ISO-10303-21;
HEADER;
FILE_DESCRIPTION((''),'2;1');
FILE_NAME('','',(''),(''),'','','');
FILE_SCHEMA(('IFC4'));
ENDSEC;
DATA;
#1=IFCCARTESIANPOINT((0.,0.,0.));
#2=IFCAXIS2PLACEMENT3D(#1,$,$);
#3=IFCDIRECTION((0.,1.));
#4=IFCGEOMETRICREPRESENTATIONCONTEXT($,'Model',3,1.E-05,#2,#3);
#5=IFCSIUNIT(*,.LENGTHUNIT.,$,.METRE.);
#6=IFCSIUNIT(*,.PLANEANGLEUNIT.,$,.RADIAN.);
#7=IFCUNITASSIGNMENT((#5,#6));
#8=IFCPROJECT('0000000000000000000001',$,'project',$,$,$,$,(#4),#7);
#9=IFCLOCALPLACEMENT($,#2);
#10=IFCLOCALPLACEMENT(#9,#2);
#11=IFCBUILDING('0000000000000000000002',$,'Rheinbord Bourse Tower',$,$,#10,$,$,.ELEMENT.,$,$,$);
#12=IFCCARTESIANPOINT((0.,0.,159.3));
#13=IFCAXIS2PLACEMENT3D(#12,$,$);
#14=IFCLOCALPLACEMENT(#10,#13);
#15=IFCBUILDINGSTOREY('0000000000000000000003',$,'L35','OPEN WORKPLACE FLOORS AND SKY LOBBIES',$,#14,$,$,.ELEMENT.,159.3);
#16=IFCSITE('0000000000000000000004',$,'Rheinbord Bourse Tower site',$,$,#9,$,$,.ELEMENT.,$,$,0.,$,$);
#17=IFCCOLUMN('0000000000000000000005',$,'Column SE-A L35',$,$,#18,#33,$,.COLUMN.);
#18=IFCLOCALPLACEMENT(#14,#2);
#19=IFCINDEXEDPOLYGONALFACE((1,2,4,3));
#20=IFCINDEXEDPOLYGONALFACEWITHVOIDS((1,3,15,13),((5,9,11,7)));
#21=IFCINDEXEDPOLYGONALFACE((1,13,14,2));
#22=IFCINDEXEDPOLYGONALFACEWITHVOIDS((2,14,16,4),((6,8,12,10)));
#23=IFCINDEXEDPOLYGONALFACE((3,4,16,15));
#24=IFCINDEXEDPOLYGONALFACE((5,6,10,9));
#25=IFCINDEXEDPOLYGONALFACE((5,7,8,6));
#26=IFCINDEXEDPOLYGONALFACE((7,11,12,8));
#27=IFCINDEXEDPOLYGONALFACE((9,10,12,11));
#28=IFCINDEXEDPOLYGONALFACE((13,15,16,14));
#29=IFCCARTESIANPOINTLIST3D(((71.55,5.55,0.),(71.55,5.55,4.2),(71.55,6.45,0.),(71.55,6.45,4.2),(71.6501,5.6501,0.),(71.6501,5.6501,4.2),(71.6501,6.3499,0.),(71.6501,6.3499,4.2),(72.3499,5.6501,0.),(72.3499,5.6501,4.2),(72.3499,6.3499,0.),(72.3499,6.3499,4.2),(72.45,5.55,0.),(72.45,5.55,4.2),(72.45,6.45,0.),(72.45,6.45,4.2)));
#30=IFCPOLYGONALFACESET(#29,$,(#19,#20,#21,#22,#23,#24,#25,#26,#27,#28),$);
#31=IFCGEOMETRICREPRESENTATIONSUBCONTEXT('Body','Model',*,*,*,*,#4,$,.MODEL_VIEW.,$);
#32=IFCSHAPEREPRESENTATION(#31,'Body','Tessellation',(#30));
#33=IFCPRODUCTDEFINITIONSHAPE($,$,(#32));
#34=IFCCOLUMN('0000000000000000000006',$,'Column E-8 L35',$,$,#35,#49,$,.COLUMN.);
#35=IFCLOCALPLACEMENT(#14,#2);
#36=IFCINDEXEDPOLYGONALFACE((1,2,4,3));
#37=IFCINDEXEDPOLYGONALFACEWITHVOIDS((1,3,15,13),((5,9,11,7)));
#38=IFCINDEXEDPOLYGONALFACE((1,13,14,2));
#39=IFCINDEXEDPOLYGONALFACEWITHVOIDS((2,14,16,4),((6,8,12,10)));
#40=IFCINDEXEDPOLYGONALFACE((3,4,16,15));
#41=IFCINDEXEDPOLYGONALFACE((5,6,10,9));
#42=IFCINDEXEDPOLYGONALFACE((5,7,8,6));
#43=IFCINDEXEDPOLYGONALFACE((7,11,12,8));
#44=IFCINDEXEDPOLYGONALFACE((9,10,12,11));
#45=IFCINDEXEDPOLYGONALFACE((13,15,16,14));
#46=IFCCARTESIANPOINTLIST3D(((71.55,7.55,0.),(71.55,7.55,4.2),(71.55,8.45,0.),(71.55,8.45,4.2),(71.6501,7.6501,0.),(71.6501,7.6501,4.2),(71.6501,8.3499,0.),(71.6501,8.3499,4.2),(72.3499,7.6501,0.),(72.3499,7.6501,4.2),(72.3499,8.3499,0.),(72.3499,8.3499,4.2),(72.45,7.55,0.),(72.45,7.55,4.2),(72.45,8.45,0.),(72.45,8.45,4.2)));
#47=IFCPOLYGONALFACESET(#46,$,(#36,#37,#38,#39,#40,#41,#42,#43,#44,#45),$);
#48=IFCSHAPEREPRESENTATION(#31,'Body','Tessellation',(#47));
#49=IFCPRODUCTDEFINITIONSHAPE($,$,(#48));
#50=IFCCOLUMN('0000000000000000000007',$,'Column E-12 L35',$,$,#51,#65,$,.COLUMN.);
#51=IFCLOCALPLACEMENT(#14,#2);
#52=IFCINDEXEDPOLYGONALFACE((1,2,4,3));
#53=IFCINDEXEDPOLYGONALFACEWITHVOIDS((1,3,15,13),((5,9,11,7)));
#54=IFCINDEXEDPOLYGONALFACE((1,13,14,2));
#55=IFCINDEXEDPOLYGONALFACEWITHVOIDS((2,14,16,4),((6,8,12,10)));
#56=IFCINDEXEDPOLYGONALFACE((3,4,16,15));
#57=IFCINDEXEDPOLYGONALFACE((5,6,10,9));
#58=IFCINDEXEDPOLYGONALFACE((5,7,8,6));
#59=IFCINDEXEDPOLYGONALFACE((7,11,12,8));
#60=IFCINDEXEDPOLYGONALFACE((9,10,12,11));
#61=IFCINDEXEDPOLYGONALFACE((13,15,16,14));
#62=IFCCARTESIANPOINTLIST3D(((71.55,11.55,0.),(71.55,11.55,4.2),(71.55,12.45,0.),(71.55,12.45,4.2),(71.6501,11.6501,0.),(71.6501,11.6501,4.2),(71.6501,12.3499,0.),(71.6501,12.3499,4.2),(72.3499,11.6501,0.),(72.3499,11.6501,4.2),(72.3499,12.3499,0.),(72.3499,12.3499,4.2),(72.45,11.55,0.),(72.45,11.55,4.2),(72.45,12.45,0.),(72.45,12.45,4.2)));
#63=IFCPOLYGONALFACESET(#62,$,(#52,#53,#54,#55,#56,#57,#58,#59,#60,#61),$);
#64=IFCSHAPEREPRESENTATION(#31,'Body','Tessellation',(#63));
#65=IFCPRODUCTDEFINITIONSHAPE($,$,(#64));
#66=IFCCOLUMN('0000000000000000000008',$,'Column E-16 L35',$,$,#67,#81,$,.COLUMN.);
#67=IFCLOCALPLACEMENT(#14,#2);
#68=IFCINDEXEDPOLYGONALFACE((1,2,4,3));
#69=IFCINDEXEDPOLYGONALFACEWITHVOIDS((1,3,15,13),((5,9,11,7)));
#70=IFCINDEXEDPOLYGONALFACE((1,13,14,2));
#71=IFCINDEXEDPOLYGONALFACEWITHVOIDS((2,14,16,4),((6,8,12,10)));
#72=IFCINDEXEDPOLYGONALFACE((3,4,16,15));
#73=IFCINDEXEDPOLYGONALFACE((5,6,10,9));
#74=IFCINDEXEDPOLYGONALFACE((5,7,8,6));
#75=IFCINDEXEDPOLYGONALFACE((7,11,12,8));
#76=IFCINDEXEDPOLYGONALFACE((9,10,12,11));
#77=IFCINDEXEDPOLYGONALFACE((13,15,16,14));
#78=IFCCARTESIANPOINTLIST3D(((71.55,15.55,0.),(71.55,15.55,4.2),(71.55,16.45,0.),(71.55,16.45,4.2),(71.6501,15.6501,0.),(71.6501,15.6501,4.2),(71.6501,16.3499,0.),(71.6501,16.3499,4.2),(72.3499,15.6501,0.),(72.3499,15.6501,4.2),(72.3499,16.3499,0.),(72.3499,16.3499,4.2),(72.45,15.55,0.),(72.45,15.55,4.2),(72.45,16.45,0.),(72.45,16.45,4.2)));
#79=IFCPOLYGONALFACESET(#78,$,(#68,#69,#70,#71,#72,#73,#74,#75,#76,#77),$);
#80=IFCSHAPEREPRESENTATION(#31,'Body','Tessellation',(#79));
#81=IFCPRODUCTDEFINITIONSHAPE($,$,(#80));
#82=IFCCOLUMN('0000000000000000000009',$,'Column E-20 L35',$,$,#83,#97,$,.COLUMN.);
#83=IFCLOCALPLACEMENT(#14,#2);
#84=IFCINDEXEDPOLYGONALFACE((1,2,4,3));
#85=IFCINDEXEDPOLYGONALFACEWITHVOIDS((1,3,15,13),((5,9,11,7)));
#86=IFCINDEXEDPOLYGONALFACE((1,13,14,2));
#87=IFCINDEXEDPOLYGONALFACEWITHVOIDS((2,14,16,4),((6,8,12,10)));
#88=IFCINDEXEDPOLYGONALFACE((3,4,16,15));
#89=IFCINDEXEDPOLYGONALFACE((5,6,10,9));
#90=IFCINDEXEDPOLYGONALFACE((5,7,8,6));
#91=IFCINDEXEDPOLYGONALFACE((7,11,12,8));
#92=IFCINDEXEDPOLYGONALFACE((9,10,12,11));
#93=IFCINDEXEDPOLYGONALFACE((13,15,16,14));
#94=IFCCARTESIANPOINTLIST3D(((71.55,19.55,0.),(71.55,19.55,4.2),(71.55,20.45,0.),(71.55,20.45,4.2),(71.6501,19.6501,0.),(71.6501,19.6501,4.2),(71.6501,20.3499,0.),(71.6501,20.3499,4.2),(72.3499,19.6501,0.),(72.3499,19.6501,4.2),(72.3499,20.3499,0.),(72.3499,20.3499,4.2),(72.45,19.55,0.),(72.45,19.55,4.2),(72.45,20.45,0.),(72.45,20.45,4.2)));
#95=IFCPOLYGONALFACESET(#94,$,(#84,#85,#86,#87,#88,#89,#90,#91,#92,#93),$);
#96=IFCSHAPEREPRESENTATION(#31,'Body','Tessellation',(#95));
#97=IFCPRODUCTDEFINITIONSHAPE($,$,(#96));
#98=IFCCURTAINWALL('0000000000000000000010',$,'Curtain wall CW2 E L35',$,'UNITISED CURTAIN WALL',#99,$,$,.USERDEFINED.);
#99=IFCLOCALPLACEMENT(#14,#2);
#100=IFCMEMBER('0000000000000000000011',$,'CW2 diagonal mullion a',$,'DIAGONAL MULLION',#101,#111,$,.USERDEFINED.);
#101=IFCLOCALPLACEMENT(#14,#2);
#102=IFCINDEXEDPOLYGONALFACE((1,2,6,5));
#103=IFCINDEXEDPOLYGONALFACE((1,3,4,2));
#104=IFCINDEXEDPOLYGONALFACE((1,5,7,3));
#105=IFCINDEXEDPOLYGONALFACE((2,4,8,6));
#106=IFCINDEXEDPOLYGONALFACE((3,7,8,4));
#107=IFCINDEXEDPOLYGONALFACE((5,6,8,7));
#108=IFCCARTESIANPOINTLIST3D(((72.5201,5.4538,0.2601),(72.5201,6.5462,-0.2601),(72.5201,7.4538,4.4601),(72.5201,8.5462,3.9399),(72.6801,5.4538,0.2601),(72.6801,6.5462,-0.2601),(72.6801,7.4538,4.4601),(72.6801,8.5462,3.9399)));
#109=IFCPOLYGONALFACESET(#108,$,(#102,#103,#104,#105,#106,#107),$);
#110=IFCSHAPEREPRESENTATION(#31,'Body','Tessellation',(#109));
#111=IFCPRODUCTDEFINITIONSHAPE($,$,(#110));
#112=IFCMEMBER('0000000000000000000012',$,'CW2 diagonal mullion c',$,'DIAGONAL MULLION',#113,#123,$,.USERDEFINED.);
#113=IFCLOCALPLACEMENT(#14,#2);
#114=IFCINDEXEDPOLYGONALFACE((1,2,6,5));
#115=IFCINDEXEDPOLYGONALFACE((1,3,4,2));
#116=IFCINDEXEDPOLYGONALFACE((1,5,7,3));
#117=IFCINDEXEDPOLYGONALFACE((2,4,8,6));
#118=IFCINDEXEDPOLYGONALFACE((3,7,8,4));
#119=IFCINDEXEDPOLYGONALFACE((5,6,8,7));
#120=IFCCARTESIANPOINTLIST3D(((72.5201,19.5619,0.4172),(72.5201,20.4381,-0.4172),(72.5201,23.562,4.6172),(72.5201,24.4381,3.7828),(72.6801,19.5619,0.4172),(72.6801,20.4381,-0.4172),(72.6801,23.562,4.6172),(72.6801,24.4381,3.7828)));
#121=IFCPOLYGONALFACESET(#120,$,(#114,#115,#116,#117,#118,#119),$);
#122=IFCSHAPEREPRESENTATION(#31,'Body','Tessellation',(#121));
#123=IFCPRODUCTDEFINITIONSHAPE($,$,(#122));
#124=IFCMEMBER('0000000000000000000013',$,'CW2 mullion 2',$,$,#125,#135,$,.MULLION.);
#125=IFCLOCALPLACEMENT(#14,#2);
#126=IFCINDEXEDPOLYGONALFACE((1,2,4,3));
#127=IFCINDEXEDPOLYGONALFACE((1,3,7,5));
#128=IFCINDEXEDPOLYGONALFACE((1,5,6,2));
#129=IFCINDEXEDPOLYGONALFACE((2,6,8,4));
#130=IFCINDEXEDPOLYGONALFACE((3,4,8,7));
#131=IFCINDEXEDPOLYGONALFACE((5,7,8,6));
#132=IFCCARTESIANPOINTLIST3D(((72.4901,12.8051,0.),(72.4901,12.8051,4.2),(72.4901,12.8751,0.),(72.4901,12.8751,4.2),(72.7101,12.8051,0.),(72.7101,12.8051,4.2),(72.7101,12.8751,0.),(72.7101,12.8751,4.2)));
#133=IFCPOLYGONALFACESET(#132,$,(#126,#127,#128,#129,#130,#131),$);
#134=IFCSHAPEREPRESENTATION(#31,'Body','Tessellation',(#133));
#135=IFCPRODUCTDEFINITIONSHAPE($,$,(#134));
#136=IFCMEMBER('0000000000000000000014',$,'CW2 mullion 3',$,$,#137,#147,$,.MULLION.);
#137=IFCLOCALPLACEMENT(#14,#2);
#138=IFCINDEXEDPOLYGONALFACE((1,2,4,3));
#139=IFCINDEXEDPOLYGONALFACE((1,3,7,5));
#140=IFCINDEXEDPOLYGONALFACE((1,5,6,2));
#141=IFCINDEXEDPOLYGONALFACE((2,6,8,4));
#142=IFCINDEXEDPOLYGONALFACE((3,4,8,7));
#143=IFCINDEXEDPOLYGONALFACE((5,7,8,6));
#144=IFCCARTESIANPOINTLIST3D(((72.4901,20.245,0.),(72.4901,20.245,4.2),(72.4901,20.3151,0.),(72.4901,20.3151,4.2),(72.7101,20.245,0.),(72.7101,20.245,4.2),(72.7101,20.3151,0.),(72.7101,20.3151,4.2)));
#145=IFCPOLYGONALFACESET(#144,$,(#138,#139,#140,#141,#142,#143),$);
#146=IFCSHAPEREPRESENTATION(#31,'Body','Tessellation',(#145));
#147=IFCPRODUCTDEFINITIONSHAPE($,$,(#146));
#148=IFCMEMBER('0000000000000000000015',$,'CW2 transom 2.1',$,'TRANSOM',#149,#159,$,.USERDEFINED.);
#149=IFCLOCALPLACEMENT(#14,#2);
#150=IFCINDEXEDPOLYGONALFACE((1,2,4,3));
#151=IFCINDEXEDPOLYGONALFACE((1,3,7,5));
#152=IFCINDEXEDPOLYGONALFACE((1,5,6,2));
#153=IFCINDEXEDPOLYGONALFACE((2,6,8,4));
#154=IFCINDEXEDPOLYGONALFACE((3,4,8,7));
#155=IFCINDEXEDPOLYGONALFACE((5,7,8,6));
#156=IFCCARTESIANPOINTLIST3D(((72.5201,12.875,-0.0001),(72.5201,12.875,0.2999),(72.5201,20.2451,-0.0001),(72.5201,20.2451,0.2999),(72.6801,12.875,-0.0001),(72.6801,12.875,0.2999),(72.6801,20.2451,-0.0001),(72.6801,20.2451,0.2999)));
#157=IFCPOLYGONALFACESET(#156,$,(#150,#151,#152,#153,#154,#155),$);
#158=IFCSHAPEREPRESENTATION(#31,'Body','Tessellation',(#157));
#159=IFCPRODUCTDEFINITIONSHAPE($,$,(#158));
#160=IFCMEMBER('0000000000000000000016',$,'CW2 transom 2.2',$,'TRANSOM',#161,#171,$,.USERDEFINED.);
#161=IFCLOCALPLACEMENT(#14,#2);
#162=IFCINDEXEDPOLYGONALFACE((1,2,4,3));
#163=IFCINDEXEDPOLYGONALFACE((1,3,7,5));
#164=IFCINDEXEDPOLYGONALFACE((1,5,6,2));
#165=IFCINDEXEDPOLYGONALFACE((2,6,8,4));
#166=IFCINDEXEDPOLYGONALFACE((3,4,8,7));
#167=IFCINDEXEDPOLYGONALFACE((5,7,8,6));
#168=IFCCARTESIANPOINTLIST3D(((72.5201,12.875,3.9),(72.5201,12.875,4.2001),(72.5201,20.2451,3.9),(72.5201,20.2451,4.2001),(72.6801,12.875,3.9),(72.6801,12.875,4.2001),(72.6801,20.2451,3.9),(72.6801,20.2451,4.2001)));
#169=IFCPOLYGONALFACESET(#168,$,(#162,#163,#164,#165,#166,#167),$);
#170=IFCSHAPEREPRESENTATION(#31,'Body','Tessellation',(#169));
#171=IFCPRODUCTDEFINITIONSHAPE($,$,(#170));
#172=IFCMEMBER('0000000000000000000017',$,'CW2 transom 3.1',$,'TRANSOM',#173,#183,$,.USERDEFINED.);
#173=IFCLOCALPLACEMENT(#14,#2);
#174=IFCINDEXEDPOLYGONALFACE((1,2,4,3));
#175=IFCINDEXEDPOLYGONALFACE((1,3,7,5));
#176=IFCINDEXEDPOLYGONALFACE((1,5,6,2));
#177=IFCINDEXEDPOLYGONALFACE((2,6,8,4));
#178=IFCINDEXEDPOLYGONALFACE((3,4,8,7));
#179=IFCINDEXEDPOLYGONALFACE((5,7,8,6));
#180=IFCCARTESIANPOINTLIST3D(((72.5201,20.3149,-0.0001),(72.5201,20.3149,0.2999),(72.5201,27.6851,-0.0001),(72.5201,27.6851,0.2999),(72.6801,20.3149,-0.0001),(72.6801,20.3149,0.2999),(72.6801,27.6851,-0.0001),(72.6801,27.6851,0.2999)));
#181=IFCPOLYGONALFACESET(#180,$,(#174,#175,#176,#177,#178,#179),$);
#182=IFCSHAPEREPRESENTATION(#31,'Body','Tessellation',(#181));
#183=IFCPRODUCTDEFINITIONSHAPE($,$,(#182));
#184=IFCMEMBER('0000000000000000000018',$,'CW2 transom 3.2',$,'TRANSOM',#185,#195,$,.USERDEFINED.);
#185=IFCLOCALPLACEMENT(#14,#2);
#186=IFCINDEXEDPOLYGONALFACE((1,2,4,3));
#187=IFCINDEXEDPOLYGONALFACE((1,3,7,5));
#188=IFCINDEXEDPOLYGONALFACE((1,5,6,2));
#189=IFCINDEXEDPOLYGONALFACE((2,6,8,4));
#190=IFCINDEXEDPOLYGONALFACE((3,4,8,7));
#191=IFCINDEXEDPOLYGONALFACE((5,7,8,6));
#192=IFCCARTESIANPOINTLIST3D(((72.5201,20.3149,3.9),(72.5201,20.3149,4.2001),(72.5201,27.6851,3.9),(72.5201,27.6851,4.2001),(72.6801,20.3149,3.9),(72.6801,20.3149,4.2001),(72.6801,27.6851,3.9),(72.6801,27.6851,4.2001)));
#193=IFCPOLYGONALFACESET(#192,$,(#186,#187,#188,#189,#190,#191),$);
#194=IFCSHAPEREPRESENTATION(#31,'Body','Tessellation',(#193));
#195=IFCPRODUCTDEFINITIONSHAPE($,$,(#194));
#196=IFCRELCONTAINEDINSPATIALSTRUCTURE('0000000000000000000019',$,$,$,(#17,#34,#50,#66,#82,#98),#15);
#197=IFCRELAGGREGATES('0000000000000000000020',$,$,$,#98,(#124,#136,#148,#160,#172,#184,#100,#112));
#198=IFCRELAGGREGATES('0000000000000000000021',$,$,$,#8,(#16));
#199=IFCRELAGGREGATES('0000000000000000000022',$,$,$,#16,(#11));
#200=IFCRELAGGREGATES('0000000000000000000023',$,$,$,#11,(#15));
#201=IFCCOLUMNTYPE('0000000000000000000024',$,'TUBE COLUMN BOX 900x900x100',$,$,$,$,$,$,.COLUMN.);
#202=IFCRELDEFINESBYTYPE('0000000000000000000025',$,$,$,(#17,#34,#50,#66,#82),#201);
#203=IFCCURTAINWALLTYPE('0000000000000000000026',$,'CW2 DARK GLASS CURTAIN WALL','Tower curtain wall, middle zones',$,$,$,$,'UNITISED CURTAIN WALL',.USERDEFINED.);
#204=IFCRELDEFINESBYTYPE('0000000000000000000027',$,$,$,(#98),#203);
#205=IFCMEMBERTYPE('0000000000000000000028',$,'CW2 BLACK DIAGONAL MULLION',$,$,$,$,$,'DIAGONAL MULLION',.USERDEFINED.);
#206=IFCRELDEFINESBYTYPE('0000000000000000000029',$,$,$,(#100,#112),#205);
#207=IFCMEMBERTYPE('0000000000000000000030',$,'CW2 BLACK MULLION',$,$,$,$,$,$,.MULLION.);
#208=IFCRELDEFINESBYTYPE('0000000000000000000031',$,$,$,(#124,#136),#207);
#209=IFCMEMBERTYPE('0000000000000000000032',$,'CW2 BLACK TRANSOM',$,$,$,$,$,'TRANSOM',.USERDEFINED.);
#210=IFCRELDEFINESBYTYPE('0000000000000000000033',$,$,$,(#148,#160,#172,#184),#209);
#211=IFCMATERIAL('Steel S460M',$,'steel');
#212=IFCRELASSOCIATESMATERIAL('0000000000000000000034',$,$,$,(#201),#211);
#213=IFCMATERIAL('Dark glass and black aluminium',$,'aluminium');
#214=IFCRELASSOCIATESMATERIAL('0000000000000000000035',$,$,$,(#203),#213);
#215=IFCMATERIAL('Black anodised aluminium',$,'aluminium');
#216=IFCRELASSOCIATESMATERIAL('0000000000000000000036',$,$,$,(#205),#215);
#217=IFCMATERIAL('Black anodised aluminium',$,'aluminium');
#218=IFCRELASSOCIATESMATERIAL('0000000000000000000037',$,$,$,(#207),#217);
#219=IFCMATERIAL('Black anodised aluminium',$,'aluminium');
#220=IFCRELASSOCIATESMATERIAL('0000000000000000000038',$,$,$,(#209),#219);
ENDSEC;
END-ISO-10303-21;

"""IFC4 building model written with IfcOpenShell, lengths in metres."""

from ifc_helpers import new_model, si_unit, direction, frame, origin, origin_2d, place, context, subcontext, project, spatial, rectangle, hollow_rectangle, extrude, material, material_profile, profile_set, type_object, element, aggregate, save


model = new_model("IFC4")

# Units and contexts
model_context = context("Model", 3, precision=1e-05, world=origin(), true_north=direction((0.0, 1.0)))
body_context = subcontext(model_context, "Body", "Model", "MODEL_VIEW")
ifc_project = project(units=[si_unit("LENGTHUNIT", "METRE"), si_unit("PLANEANGLEUNIT", "RADIAN")], contexts=[model_context])

# Site, building, storey
site_placement = place(None, origin())
site = spatial("IfcSite", under=ifc_project, at=site_placement, Name="Rheinbord Bourse Tower site", CompositionType="ELEMENT", RefElevation=0.0)
building_placement = place(site_placement, origin())
building = spatial("IfcBuilding", under=site, at=building_placement, Name="Rheinbord Bourse Tower", CompositionType="ELEMENT")
storey_placement = place(building_placement, frame((0.0, 0.0, 159.3)))
storey = spatial("IfcBuildingStorey", under=building, at=storey_placement, Name="L35", Description="OPEN WORKPLACE FLOORS AND SKY LOBBIES", CompositionType="ELEMENT", Elevation=159.3)

# Columns
ifc_material_1 = material(Name="Steel S460M", Category="steel")
ifc_material_profile_1 = material_profile(ifc_material_1, hollow_rectangle(XDim=0.8999, YDim=0.8999, WallThickness=0.1001, at=origin_2d()), Name="BOX 900x900x100")
ifc_profile_set_1 = profile_set([ifc_material_profile_1], Name="Steel S460M")
column_type = type_object("IfcColumnType", Name="TUBE COLUMN BOX 900x900x100", PredefinedType="COLUMN", material=ifc_profile_set_1)
for number, where, z_axis, x_axis, name in (
    (1, (72.0, 6.0, 0.0), (0.0, 0.0, 1.0), (1.0, 0.0, 0.0), "Column SE-A L35"),
    (2, (72.0, 8.0, 0.0), (0.0, 0.0, 1.0), (1.0, 0.0, 0.0), "Column E-8 L35"),
    (3, (72.0, 12.0, 0.0), (0.0, 0.0, 1.0), (1.0, 0.0, 0.0), "Column E-12 L35"),
    (4, (72.0, 16.0, 0.0), (0.0, 0.0, 1.0), (1.0, 0.0, 0.0), "Column E-16 L35"),
    (5, (72.0, 20.0, 0.0), (0.0, 0.0, 1.0), (1.0, 0.0, 0.0), "Column E-20 L35"),
):
    element("IfcColumn", number, at=place(storey_placement, frame(where, z_axis=z_axis, x_axis=x_axis)), inside=storey, type_object=column_type, Name=name, PredefinedType="COLUMN", context=body_context, shape_type="SweptSolid", body=[
        extrude(hollow_rectangle(XDim=0.8999, YDim=0.8999, WallThickness=0.1001, at=origin_2d()), origin(), (0.0, 0.0, 1.0), 4.2),
    ])

# Curtain wall, members
ifc_material_2 = material(Name="Dark glass and black aluminium", Category="aluminium")
curtain_wall_type = type_object("IfcCurtainWallType", Name="CW2 DARK GLASS CURTAIN WALL", Description="Tower curtain wall, middle zones", ElementType="UNITISED CURTAIN WALL", PredefinedType="USERDEFINED", material=ifc_material_2)
curtain_wall_placement = place(storey_placement, origin())
curtain_wall = element("IfcCurtainWall", 6, at=curtain_wall_placement, inside=storey, type_object=curtain_wall_type, Name="Curtain wall CW2 E L35", ObjectType="UNITISED CURTAIN WALL", PredefinedType="USERDEFINED")
ifc_material_3 = material(Name="Black anodised aluminium", Category="aluminium")
ifc_material_profile_2 = material_profile(ifc_material_3, rectangle(XDim=0.1599, YDim=1.21, at=origin_2d()), Name="CW2 DIAGONAL MULLION 1210x160")
ifc_profile_set_2 = profile_set([ifc_material_profile_2], Name="Black anodised aluminium")
member_type_1 = type_object("IfcMemberType", Name="CW2 BLACK DIAGONAL MULLION", ElementType="DIAGONAL MULLION", PredefinedType="USERDEFINED", material=ifc_profile_set_2)
member_1_placement = place(storey_placement, frame((72.6001, 6.0, 0.0), z_axis=(0.0, 0.429938, 0.902859), x_axis=(-1.0, 0.0, 0.0)))
member_1 = element("IfcMember", 7, at=member_1_placement, type_object=member_type_1, Name="CW2 diagonal mullion a", ObjectType="DIAGONAL MULLION", PredefinedType="USERDEFINED", context=body_context, shape_type="SweptSolid", body=[
    extrude(rectangle(XDim=0.1599, YDim=1.21, at=origin_2d()), origin(), (0.0, 0.0, 1.0), 4.6519),
])
member_2_placement = place(storey_placement, frame((72.6001, 20.0, 0.0), z_axis=(0.0, 0.689659, 0.724134), x_axis=(-1.0, 0.0, 0.0)))
member_2 = element("IfcMember", 8, at=member_2_placement, type_object=member_type_1, Name="CW2 diagonal mullion c", ObjectType="DIAGONAL MULLION", PredefinedType="USERDEFINED", context=body_context, shape_type="SweptSolid", body=[
    extrude(rectangle(XDim=0.1599, YDim=1.21, at=origin_2d()), origin(), (0.0, 0.0, 1.0), 5.8),
])
ifc_material_4 = material(Name="Black anodised aluminium", Category="aluminium")
ifc_material_profile_3 = material_profile(ifc_material_4, rectangle(XDim=0.22, YDim=0.0701, at=origin_2d()), Name="CW2 MULLION 70x220")
ifc_profile_set_3 = profile_set([ifc_material_profile_3], Name="Black anodised aluminium")
member_type_2 = type_object("IfcMemberType", Name="CW2 BLACK MULLION", PredefinedType="MULLION", material=ifc_profile_set_3)
member_3_placement = place(storey_placement, frame((72.6001, 12.8401, 0.0), z_axis=(0.0, 0.0, 1.0), x_axis=(-1.0, 0.0, 0.0)))
member_3 = element("IfcMember", 9, at=member_3_placement, type_object=member_type_2, Name="CW2 mullion 2", PredefinedType="MULLION", context=body_context, shape_type="SweptSolid", body=[
    extrude(rectangle(XDim=0.22, YDim=0.0701, at=origin_2d()), origin(), (0.0, 0.0, 1.0), 4.2),
])
member_4_placement = place(storey_placement, frame((72.6001, 20.28, 0.0), z_axis=(0.0, 0.0, 1.0), x_axis=(-1.0, 0.0, 0.0)))
member_4 = element("IfcMember", 10, at=member_4_placement, type_object=member_type_2, Name="CW2 mullion 3", PredefinedType="MULLION", context=body_context, shape_type="SweptSolid", body=[
    extrude(rectangle(XDim=0.22, YDim=0.0701, at=origin_2d()), origin(), (0.0, 0.0, 1.0), 4.2),
])
ifc_material_5 = material(Name="Black anodised aluminium", Category="aluminium")
ifc_material_profile_4 = material_profile(ifc_material_5, rectangle(XDim=0.1599, YDim=0.3, at=origin_2d()), Name="CW2 TRANSOM 300x160")
ifc_profile_set_4 = profile_set([ifc_material_profile_4], Name="Black anodised aluminium")
member_type_3 = type_object("IfcMemberType", Name="CW2 BLACK TRANSOM", ElementType="TRANSOM", PredefinedType="USERDEFINED", material=ifc_profile_set_4)
member_5_placement = place(storey_placement, frame((72.6001, 12.875, 0.1499), z_axis=(0.0, 1.0, 0.0), x_axis=(-1.0, 0.0, 0.0)))
member_5 = element("IfcMember", 11, at=member_5_placement, type_object=member_type_3, Name="CW2 transom 2.1", ObjectType="TRANSOM", PredefinedType="USERDEFINED", context=body_context, shape_type="SweptSolid", body=[
    extrude(rectangle(XDim=0.1599, YDim=0.3, at=origin_2d()), origin(), (0.0, 0.0, 1.0), 7.3701),
])
member_6_placement = place(storey_placement, frame((72.6001, 12.875, 4.05), z_axis=(0.0, 1.0, 0.0), x_axis=(-1.0, 0.0, 0.0)))
member_6 = element("IfcMember", 12, at=member_6_placement, type_object=member_type_3, Name="CW2 transom 2.2", ObjectType="TRANSOM", PredefinedType="USERDEFINED", context=body_context, shape_type="SweptSolid", body=[
    extrude(rectangle(XDim=0.1599, YDim=0.3, at=origin_2d()), origin(), (0.0, 0.0, 1.0), 7.3701),
])
member_7_placement = place(storey_placement, frame((72.6001, 20.3149, 0.1499), z_axis=(0.0, 1.0, 0.0), x_axis=(-1.0, 0.0, 0.0)))
member_7 = element("IfcMember", 13, at=member_7_placement, type_object=member_type_3, Name="CW2 transom 3.1", ObjectType="TRANSOM", PredefinedType="USERDEFINED", context=body_context, shape_type="SweptSolid", body=[
    extrude(rectangle(XDim=0.1599, YDim=0.3, at=origin_2d()), origin(), (0.0, 0.0, 1.0), 7.3701),
])
member_8_placement = place(storey_placement, frame((72.6001, 20.3149, 4.05), z_axis=(0.0, 1.0, 0.0), x_axis=(-1.0, 0.0, 0.0)))
member_8 = element("IfcMember", 14, at=member_8_placement, type_object=member_type_3, Name="CW2 transom 3.2", ObjectType="TRANSOM", PredefinedType="USERDEFINED", context=body_context, shape_type="SweptSolid", body=[
    extrude(rectangle(XDim=0.1599, YDim=0.3, at=origin_2d()), origin(), (0.0, 0.0, 1.0), 7.3701),
])

aggregate(curtain_wall, [member_3, member_4, member_5, member_6, member_7, member_8, member_1, member_2])

save(model, "model.ifc")
